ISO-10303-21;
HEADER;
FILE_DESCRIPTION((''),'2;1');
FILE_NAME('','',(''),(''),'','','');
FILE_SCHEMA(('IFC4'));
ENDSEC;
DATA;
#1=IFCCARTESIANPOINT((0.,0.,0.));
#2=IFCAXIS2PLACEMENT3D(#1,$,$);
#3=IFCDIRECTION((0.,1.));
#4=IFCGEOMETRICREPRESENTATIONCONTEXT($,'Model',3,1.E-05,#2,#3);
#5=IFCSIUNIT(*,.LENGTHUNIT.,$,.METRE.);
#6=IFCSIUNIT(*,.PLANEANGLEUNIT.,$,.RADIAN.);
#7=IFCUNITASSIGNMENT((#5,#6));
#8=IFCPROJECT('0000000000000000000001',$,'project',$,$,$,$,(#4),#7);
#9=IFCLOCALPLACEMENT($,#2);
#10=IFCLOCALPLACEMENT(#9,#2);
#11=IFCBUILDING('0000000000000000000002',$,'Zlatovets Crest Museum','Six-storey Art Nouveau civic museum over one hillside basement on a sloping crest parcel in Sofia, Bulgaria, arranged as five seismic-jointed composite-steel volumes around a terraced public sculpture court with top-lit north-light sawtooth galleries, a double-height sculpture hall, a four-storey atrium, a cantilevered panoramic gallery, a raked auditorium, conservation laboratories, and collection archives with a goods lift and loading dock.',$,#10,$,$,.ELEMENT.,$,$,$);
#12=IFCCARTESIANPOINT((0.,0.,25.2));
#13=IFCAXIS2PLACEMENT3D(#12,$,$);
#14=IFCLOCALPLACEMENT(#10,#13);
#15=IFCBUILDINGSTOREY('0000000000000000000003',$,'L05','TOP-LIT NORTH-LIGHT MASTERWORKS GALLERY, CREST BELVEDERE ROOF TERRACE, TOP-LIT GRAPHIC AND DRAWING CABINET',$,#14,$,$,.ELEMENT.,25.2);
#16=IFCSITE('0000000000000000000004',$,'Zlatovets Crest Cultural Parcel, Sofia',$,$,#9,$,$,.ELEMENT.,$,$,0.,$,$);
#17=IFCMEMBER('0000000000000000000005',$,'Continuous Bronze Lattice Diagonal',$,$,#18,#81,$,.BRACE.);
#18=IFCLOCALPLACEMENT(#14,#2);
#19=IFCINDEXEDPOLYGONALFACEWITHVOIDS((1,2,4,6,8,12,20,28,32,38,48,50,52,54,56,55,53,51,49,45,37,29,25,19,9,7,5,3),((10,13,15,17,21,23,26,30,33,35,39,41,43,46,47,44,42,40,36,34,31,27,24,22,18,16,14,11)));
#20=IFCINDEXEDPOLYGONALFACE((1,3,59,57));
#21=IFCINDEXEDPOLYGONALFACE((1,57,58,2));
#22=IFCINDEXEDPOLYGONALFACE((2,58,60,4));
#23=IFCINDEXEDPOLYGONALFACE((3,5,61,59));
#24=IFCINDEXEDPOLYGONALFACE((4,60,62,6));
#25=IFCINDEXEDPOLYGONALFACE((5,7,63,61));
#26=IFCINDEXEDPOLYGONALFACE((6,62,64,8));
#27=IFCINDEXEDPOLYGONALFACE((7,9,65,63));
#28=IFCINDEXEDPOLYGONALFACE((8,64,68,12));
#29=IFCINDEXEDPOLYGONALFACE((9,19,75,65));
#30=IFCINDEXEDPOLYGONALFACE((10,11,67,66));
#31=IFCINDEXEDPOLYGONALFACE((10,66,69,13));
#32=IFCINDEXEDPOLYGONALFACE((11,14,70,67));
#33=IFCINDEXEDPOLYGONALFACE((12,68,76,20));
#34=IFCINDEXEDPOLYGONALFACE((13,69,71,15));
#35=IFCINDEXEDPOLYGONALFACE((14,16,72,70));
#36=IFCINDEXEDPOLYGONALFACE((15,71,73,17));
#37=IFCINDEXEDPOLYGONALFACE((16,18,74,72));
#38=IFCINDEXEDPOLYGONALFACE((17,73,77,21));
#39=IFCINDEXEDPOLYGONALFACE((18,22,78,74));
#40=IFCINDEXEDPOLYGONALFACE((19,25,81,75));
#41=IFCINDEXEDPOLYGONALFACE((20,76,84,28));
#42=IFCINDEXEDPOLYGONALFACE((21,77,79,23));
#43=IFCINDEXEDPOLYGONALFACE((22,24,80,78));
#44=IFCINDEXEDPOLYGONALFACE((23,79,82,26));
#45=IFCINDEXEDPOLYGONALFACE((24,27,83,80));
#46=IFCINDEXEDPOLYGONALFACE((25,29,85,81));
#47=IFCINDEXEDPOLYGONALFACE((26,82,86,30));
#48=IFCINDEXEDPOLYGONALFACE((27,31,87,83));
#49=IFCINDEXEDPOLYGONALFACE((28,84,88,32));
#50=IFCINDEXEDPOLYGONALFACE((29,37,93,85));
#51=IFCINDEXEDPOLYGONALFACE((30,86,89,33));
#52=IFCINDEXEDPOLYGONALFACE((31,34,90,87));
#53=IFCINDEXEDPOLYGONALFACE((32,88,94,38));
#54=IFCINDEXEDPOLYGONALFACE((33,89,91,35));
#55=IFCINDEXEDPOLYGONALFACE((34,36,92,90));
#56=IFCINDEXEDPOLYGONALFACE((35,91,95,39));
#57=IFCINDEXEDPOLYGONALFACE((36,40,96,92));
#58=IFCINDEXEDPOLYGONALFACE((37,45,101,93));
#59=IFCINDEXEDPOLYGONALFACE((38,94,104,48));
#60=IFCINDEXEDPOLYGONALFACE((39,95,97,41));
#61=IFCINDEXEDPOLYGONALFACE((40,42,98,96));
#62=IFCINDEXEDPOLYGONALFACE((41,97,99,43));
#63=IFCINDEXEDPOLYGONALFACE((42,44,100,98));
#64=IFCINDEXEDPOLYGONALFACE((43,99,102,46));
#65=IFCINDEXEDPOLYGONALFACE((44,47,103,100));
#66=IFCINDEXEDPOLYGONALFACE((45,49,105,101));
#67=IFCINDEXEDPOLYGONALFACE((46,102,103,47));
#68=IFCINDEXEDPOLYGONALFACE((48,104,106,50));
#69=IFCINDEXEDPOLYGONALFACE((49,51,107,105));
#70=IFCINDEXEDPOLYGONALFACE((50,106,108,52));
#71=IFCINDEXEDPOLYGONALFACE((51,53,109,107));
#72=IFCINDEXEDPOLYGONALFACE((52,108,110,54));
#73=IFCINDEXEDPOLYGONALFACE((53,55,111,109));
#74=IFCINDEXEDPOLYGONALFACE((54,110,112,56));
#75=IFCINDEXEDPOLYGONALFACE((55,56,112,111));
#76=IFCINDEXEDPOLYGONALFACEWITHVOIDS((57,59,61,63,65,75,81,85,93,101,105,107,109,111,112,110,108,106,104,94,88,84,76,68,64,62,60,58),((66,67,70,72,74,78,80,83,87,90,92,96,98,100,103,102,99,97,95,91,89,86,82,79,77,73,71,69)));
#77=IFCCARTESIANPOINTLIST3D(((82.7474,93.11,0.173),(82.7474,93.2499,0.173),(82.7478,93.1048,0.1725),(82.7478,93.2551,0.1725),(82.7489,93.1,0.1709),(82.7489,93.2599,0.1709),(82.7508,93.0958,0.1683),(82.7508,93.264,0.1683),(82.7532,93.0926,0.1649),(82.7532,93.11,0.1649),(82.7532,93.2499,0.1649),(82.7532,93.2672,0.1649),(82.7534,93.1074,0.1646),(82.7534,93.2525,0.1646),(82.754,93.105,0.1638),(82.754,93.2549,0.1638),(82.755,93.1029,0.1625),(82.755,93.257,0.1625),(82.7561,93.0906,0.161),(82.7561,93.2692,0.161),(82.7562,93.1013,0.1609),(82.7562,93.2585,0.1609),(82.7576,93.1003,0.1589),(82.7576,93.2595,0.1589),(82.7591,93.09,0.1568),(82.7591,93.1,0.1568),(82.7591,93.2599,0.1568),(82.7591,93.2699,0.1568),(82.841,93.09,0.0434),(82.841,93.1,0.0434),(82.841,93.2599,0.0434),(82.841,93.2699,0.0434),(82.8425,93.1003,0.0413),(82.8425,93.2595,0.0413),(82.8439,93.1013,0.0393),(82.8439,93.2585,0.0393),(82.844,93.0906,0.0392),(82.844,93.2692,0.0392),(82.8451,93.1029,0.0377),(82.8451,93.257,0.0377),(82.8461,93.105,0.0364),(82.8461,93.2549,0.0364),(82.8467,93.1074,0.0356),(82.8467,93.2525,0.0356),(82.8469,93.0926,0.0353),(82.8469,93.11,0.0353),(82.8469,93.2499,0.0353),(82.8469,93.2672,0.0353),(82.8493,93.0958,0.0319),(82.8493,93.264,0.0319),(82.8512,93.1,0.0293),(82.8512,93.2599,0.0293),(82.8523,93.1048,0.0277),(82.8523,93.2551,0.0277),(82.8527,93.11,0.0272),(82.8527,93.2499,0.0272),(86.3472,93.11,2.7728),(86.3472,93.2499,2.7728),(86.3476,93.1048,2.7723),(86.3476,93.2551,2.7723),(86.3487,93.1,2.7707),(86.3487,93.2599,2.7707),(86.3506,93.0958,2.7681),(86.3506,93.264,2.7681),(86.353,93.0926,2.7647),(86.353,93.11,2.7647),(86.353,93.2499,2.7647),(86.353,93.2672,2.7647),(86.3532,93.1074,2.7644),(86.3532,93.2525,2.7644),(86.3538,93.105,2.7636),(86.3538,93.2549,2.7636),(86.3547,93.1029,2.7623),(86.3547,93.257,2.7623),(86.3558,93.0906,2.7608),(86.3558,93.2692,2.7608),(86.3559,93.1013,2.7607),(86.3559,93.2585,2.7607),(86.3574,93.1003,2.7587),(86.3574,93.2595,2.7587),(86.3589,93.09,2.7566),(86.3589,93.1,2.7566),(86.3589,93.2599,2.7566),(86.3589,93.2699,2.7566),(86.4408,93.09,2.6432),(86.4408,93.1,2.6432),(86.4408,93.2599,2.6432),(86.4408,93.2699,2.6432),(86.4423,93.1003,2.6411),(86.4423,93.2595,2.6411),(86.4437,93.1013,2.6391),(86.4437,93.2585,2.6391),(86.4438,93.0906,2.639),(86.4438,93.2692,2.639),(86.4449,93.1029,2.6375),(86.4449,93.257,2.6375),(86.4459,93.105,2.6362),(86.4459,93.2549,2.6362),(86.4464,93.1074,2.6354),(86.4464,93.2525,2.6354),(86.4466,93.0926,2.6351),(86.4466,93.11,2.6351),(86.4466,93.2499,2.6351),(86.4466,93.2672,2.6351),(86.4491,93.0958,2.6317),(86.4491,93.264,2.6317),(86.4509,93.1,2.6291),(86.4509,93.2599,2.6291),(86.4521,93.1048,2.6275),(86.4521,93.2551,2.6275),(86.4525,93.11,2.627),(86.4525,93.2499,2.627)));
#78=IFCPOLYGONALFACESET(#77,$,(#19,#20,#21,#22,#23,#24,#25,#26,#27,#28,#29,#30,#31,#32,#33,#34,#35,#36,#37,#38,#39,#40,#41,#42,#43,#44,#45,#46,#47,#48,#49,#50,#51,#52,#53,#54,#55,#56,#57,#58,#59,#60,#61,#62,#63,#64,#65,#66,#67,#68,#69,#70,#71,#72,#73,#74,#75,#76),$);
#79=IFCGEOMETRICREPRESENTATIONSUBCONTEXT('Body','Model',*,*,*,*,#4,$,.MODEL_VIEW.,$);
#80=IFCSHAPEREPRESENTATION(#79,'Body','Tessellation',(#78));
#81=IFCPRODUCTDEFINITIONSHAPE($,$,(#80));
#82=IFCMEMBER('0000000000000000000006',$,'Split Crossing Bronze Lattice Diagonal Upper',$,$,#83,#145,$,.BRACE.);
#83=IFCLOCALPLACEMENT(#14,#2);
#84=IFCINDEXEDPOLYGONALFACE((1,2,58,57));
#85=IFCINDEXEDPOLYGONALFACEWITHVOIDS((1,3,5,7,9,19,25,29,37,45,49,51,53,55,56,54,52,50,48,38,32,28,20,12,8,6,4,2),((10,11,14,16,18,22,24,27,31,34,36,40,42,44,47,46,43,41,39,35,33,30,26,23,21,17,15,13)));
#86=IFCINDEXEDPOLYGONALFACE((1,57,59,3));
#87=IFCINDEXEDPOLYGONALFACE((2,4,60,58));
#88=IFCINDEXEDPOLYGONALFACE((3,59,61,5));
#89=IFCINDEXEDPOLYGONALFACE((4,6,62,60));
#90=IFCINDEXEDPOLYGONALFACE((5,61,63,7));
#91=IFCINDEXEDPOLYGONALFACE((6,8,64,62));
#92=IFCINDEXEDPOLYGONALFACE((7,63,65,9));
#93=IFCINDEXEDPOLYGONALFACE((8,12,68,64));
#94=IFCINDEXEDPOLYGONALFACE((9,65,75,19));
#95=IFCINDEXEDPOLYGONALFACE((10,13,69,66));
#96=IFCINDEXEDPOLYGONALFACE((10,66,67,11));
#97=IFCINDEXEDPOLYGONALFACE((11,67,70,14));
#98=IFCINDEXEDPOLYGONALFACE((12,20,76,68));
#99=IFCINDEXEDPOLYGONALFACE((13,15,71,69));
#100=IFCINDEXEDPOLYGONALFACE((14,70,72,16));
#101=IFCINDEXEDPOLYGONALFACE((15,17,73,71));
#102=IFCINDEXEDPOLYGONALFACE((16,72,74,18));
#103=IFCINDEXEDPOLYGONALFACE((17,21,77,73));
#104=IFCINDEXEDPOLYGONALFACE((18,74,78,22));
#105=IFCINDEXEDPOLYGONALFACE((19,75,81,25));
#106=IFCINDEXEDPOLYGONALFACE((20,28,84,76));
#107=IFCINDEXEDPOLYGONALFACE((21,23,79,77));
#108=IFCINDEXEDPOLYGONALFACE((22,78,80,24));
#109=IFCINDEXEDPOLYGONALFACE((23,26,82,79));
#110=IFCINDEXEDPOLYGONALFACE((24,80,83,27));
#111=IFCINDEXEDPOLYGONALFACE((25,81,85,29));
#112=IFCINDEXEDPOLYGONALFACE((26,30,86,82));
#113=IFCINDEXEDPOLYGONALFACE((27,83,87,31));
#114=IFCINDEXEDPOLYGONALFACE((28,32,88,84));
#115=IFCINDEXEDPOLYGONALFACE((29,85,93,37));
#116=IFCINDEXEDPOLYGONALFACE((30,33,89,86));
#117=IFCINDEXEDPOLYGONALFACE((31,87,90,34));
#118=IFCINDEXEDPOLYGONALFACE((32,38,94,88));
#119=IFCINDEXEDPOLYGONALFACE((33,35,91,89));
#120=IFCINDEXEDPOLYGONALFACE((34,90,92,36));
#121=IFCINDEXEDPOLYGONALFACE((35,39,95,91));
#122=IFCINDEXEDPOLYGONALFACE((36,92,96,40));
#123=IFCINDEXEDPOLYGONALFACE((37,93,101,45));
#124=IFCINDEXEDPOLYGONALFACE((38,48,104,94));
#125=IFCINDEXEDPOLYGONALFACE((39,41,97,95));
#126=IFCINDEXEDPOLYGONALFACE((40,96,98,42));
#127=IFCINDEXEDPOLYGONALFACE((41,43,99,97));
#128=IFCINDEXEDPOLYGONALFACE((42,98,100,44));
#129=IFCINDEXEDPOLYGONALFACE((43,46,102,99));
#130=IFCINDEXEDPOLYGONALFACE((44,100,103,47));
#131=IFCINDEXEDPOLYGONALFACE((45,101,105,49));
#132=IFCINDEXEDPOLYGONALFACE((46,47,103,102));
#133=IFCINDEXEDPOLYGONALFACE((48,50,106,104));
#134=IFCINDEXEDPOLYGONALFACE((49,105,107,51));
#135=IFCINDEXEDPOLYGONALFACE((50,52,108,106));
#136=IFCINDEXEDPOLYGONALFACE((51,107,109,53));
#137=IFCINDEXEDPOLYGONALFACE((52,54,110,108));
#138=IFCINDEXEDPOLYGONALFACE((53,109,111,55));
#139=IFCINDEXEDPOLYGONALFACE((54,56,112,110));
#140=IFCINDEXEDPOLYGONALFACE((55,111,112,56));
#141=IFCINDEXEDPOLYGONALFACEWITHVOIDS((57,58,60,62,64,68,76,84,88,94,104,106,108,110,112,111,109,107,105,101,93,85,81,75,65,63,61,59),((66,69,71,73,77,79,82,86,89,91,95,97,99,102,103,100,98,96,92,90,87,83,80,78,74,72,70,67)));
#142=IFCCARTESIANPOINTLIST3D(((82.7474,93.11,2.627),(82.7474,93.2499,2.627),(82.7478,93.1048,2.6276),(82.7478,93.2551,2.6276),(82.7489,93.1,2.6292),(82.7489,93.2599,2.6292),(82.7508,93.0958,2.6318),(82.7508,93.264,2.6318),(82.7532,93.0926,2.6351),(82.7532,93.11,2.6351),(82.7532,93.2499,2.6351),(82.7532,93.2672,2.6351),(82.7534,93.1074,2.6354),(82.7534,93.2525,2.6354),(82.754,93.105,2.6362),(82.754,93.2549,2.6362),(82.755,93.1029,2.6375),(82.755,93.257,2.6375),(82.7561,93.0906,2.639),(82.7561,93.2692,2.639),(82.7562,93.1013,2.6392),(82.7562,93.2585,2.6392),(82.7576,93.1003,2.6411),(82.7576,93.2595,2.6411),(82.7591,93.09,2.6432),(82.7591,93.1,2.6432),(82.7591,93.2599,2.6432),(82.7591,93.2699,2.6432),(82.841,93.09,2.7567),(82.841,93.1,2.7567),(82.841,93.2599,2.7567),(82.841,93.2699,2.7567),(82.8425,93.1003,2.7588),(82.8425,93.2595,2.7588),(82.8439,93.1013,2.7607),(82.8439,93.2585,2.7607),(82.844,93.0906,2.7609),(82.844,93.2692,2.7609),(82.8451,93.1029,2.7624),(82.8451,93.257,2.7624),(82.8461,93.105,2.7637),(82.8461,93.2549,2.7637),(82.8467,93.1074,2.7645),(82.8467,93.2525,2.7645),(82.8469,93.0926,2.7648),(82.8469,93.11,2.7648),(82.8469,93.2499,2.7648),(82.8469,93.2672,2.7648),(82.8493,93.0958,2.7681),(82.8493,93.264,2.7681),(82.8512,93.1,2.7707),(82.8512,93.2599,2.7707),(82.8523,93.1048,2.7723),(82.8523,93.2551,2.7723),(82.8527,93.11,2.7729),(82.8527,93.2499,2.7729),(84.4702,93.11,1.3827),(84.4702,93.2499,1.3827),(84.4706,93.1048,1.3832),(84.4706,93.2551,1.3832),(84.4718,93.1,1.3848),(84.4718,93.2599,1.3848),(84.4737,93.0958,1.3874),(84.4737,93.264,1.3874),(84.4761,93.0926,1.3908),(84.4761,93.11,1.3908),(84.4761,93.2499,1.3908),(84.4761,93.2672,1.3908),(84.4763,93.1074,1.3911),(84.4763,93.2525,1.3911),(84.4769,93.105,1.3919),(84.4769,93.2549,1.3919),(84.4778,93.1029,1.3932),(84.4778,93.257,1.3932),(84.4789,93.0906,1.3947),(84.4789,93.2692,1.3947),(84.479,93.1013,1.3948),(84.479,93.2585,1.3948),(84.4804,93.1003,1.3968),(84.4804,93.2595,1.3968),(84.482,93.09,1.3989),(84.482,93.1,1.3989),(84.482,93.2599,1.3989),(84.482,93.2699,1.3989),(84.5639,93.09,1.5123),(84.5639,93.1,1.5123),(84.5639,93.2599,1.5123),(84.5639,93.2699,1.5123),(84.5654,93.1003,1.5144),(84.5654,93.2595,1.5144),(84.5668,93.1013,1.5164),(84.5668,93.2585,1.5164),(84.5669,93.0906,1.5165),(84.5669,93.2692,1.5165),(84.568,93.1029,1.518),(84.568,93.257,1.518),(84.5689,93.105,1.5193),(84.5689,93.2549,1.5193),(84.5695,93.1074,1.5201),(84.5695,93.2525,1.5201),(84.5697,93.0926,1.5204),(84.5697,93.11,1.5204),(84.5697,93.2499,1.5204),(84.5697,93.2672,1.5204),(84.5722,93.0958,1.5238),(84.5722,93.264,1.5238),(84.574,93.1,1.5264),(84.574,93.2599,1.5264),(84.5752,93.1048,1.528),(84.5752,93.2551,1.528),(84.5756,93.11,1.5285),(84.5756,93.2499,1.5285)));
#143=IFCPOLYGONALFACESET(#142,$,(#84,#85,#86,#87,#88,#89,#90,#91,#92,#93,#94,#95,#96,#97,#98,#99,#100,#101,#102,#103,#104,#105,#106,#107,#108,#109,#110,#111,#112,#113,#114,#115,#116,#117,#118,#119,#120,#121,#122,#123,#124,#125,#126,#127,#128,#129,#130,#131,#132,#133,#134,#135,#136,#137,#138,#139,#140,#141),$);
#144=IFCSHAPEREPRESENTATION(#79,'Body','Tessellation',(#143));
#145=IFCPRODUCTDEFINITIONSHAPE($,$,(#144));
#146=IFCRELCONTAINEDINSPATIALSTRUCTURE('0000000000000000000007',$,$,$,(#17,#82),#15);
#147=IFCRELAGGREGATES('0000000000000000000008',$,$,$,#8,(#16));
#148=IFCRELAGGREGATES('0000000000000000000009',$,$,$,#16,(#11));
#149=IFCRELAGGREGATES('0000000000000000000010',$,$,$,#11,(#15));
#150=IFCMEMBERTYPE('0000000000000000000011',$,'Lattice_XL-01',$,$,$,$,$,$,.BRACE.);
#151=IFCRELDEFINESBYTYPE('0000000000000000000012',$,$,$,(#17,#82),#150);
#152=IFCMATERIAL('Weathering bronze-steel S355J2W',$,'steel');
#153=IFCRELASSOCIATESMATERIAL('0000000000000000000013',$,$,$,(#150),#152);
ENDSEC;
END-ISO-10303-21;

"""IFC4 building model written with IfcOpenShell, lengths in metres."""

from ifc_helpers import new_model, si_unit, direction, frame, origin, origin_2d, place, context, subcontext, project, spatial, hollow_rectangle, extrude, material, material_profile, profile_set, type_object, element, save


model = new_model("IFC4")

# Units and contexts
model_context = context("Model", 3, precision=1e-05, world=origin(), true_north=direction((0.0, 1.0)))
body_context = subcontext(model_context, "Body", "Model", "MODEL_VIEW")
ifc_project = project(units=[si_unit("LENGTHUNIT", "METRE"), si_unit("PLANEANGLEUNIT", "RADIAN")], contexts=[model_context])

# Site, building, storey
site_placement = place(None, origin())
site = spatial("IfcSite", under=ifc_project, at=site_placement, Name="Zlatovets Crest Cultural Parcel, Sofia", CompositionType="ELEMENT", RefElevation=0.0)
building_placement = place(site_placement, origin())
building = spatial("IfcBuilding", under=site, at=building_placement, Name="Zlatovets Crest Museum", Description="Six-storey Art Nouveau civic museum over one hillside basement on a sloping crest parcel in Sofia, Bulgaria, arranged as five seismic-jointed composite-steel volumes around a terraced public sculpture court with top-lit north-light sawtooth galleries, a double-height sculpture hall, a four-storey atrium, a cantilevered panoramic gallery, a raked auditorium, conservation laboratories, and collection archives with a goods lift and loading dock.", CompositionType="ELEMENT")
storey_placement = place(building_placement, frame((0.0, 0.0, 25.2)))
storey = spatial("IfcBuildingStorey", under=building, at=storey_placement, Name="L05", Description="TOP-LIT NORTH-LIGHT MASTERWORKS GALLERY, CREST BELVEDERE ROOF TERRACE, TOP-LIT GRAPHIC AND DRAWING CABINET", CompositionType="ELEMENT", Elevation=25.2)

# Members
ifc_material_1 = material(Name="Weathering bronze-steel S355J2W", Category="steel")
ifc_material_profile_1 = material_profile(ifc_material_1, hollow_rectangle(XDim=0.1799, YDim=0.1799, WallThickness=0.01, InnerFilletRadius=0.01, OuterFilletRadius=0.02, at=origin_2d()), Name="SHS 180x180x10.0")
ifc_profile_set_1 = profile_set([ifc_material_profile_1], Name="Weathering bronze-steel S355J2W")
member_type_1 = type_object("IfcMemberType", Name="Lattice_XL-01", PredefinedType="BRACE", material=ifc_profile_set_1)
member_1_placement = place(storey_placement, frame((82.8, 93.1799, 0.1001), z_axis=(0.810684, 0.0, 0.585485), x_axis=(0.0, 1.0, 0.0)))
element("IfcMember", 1, at=member_1_placement, inside=storey, type_object=member_type_1, Name="Continuous Bronze Lattice Diagonal", PredefinedType="BRACE", context=body_context, shape_type="SweptSolid", body=[
    extrude(hollow_rectangle(XDim=0.1799, YDim=0.1799, WallThickness=0.01, InnerFilletRadius=0.01, OuterFilletRadius=0.02, at=origin_2d()), origin(), (0.0, 0.0, 1.0), 4.4404),
])
for number, where, z_axis, x_axis, name in (
    (2, (82.8, 93.1799, 2.7), (0.810664, 0.0, -0.585512), (0.0, 1.0, 0.0), "Split Crossing Bronze Lattice Diagonal Upper"),
):
    element("IfcMember", number, at=place(storey_placement, frame(where, z_axis=z_axis, x_axis=x_axis)), inside=storey, type_object=member_type_1, Name=name, PredefinedType="BRACE", context=body_context, shape_type="SweptSolid", body=[
        extrude(hollow_rectangle(XDim=0.1799, YDim=0.1799, WallThickness=0.01, InnerFilletRadius=0.01, OuterFilletRadius=0.02, at=origin_2d()), origin(), (0.0, 0.0, 1.0), 2.1252),
    ])

save(model, "model.ifc")
